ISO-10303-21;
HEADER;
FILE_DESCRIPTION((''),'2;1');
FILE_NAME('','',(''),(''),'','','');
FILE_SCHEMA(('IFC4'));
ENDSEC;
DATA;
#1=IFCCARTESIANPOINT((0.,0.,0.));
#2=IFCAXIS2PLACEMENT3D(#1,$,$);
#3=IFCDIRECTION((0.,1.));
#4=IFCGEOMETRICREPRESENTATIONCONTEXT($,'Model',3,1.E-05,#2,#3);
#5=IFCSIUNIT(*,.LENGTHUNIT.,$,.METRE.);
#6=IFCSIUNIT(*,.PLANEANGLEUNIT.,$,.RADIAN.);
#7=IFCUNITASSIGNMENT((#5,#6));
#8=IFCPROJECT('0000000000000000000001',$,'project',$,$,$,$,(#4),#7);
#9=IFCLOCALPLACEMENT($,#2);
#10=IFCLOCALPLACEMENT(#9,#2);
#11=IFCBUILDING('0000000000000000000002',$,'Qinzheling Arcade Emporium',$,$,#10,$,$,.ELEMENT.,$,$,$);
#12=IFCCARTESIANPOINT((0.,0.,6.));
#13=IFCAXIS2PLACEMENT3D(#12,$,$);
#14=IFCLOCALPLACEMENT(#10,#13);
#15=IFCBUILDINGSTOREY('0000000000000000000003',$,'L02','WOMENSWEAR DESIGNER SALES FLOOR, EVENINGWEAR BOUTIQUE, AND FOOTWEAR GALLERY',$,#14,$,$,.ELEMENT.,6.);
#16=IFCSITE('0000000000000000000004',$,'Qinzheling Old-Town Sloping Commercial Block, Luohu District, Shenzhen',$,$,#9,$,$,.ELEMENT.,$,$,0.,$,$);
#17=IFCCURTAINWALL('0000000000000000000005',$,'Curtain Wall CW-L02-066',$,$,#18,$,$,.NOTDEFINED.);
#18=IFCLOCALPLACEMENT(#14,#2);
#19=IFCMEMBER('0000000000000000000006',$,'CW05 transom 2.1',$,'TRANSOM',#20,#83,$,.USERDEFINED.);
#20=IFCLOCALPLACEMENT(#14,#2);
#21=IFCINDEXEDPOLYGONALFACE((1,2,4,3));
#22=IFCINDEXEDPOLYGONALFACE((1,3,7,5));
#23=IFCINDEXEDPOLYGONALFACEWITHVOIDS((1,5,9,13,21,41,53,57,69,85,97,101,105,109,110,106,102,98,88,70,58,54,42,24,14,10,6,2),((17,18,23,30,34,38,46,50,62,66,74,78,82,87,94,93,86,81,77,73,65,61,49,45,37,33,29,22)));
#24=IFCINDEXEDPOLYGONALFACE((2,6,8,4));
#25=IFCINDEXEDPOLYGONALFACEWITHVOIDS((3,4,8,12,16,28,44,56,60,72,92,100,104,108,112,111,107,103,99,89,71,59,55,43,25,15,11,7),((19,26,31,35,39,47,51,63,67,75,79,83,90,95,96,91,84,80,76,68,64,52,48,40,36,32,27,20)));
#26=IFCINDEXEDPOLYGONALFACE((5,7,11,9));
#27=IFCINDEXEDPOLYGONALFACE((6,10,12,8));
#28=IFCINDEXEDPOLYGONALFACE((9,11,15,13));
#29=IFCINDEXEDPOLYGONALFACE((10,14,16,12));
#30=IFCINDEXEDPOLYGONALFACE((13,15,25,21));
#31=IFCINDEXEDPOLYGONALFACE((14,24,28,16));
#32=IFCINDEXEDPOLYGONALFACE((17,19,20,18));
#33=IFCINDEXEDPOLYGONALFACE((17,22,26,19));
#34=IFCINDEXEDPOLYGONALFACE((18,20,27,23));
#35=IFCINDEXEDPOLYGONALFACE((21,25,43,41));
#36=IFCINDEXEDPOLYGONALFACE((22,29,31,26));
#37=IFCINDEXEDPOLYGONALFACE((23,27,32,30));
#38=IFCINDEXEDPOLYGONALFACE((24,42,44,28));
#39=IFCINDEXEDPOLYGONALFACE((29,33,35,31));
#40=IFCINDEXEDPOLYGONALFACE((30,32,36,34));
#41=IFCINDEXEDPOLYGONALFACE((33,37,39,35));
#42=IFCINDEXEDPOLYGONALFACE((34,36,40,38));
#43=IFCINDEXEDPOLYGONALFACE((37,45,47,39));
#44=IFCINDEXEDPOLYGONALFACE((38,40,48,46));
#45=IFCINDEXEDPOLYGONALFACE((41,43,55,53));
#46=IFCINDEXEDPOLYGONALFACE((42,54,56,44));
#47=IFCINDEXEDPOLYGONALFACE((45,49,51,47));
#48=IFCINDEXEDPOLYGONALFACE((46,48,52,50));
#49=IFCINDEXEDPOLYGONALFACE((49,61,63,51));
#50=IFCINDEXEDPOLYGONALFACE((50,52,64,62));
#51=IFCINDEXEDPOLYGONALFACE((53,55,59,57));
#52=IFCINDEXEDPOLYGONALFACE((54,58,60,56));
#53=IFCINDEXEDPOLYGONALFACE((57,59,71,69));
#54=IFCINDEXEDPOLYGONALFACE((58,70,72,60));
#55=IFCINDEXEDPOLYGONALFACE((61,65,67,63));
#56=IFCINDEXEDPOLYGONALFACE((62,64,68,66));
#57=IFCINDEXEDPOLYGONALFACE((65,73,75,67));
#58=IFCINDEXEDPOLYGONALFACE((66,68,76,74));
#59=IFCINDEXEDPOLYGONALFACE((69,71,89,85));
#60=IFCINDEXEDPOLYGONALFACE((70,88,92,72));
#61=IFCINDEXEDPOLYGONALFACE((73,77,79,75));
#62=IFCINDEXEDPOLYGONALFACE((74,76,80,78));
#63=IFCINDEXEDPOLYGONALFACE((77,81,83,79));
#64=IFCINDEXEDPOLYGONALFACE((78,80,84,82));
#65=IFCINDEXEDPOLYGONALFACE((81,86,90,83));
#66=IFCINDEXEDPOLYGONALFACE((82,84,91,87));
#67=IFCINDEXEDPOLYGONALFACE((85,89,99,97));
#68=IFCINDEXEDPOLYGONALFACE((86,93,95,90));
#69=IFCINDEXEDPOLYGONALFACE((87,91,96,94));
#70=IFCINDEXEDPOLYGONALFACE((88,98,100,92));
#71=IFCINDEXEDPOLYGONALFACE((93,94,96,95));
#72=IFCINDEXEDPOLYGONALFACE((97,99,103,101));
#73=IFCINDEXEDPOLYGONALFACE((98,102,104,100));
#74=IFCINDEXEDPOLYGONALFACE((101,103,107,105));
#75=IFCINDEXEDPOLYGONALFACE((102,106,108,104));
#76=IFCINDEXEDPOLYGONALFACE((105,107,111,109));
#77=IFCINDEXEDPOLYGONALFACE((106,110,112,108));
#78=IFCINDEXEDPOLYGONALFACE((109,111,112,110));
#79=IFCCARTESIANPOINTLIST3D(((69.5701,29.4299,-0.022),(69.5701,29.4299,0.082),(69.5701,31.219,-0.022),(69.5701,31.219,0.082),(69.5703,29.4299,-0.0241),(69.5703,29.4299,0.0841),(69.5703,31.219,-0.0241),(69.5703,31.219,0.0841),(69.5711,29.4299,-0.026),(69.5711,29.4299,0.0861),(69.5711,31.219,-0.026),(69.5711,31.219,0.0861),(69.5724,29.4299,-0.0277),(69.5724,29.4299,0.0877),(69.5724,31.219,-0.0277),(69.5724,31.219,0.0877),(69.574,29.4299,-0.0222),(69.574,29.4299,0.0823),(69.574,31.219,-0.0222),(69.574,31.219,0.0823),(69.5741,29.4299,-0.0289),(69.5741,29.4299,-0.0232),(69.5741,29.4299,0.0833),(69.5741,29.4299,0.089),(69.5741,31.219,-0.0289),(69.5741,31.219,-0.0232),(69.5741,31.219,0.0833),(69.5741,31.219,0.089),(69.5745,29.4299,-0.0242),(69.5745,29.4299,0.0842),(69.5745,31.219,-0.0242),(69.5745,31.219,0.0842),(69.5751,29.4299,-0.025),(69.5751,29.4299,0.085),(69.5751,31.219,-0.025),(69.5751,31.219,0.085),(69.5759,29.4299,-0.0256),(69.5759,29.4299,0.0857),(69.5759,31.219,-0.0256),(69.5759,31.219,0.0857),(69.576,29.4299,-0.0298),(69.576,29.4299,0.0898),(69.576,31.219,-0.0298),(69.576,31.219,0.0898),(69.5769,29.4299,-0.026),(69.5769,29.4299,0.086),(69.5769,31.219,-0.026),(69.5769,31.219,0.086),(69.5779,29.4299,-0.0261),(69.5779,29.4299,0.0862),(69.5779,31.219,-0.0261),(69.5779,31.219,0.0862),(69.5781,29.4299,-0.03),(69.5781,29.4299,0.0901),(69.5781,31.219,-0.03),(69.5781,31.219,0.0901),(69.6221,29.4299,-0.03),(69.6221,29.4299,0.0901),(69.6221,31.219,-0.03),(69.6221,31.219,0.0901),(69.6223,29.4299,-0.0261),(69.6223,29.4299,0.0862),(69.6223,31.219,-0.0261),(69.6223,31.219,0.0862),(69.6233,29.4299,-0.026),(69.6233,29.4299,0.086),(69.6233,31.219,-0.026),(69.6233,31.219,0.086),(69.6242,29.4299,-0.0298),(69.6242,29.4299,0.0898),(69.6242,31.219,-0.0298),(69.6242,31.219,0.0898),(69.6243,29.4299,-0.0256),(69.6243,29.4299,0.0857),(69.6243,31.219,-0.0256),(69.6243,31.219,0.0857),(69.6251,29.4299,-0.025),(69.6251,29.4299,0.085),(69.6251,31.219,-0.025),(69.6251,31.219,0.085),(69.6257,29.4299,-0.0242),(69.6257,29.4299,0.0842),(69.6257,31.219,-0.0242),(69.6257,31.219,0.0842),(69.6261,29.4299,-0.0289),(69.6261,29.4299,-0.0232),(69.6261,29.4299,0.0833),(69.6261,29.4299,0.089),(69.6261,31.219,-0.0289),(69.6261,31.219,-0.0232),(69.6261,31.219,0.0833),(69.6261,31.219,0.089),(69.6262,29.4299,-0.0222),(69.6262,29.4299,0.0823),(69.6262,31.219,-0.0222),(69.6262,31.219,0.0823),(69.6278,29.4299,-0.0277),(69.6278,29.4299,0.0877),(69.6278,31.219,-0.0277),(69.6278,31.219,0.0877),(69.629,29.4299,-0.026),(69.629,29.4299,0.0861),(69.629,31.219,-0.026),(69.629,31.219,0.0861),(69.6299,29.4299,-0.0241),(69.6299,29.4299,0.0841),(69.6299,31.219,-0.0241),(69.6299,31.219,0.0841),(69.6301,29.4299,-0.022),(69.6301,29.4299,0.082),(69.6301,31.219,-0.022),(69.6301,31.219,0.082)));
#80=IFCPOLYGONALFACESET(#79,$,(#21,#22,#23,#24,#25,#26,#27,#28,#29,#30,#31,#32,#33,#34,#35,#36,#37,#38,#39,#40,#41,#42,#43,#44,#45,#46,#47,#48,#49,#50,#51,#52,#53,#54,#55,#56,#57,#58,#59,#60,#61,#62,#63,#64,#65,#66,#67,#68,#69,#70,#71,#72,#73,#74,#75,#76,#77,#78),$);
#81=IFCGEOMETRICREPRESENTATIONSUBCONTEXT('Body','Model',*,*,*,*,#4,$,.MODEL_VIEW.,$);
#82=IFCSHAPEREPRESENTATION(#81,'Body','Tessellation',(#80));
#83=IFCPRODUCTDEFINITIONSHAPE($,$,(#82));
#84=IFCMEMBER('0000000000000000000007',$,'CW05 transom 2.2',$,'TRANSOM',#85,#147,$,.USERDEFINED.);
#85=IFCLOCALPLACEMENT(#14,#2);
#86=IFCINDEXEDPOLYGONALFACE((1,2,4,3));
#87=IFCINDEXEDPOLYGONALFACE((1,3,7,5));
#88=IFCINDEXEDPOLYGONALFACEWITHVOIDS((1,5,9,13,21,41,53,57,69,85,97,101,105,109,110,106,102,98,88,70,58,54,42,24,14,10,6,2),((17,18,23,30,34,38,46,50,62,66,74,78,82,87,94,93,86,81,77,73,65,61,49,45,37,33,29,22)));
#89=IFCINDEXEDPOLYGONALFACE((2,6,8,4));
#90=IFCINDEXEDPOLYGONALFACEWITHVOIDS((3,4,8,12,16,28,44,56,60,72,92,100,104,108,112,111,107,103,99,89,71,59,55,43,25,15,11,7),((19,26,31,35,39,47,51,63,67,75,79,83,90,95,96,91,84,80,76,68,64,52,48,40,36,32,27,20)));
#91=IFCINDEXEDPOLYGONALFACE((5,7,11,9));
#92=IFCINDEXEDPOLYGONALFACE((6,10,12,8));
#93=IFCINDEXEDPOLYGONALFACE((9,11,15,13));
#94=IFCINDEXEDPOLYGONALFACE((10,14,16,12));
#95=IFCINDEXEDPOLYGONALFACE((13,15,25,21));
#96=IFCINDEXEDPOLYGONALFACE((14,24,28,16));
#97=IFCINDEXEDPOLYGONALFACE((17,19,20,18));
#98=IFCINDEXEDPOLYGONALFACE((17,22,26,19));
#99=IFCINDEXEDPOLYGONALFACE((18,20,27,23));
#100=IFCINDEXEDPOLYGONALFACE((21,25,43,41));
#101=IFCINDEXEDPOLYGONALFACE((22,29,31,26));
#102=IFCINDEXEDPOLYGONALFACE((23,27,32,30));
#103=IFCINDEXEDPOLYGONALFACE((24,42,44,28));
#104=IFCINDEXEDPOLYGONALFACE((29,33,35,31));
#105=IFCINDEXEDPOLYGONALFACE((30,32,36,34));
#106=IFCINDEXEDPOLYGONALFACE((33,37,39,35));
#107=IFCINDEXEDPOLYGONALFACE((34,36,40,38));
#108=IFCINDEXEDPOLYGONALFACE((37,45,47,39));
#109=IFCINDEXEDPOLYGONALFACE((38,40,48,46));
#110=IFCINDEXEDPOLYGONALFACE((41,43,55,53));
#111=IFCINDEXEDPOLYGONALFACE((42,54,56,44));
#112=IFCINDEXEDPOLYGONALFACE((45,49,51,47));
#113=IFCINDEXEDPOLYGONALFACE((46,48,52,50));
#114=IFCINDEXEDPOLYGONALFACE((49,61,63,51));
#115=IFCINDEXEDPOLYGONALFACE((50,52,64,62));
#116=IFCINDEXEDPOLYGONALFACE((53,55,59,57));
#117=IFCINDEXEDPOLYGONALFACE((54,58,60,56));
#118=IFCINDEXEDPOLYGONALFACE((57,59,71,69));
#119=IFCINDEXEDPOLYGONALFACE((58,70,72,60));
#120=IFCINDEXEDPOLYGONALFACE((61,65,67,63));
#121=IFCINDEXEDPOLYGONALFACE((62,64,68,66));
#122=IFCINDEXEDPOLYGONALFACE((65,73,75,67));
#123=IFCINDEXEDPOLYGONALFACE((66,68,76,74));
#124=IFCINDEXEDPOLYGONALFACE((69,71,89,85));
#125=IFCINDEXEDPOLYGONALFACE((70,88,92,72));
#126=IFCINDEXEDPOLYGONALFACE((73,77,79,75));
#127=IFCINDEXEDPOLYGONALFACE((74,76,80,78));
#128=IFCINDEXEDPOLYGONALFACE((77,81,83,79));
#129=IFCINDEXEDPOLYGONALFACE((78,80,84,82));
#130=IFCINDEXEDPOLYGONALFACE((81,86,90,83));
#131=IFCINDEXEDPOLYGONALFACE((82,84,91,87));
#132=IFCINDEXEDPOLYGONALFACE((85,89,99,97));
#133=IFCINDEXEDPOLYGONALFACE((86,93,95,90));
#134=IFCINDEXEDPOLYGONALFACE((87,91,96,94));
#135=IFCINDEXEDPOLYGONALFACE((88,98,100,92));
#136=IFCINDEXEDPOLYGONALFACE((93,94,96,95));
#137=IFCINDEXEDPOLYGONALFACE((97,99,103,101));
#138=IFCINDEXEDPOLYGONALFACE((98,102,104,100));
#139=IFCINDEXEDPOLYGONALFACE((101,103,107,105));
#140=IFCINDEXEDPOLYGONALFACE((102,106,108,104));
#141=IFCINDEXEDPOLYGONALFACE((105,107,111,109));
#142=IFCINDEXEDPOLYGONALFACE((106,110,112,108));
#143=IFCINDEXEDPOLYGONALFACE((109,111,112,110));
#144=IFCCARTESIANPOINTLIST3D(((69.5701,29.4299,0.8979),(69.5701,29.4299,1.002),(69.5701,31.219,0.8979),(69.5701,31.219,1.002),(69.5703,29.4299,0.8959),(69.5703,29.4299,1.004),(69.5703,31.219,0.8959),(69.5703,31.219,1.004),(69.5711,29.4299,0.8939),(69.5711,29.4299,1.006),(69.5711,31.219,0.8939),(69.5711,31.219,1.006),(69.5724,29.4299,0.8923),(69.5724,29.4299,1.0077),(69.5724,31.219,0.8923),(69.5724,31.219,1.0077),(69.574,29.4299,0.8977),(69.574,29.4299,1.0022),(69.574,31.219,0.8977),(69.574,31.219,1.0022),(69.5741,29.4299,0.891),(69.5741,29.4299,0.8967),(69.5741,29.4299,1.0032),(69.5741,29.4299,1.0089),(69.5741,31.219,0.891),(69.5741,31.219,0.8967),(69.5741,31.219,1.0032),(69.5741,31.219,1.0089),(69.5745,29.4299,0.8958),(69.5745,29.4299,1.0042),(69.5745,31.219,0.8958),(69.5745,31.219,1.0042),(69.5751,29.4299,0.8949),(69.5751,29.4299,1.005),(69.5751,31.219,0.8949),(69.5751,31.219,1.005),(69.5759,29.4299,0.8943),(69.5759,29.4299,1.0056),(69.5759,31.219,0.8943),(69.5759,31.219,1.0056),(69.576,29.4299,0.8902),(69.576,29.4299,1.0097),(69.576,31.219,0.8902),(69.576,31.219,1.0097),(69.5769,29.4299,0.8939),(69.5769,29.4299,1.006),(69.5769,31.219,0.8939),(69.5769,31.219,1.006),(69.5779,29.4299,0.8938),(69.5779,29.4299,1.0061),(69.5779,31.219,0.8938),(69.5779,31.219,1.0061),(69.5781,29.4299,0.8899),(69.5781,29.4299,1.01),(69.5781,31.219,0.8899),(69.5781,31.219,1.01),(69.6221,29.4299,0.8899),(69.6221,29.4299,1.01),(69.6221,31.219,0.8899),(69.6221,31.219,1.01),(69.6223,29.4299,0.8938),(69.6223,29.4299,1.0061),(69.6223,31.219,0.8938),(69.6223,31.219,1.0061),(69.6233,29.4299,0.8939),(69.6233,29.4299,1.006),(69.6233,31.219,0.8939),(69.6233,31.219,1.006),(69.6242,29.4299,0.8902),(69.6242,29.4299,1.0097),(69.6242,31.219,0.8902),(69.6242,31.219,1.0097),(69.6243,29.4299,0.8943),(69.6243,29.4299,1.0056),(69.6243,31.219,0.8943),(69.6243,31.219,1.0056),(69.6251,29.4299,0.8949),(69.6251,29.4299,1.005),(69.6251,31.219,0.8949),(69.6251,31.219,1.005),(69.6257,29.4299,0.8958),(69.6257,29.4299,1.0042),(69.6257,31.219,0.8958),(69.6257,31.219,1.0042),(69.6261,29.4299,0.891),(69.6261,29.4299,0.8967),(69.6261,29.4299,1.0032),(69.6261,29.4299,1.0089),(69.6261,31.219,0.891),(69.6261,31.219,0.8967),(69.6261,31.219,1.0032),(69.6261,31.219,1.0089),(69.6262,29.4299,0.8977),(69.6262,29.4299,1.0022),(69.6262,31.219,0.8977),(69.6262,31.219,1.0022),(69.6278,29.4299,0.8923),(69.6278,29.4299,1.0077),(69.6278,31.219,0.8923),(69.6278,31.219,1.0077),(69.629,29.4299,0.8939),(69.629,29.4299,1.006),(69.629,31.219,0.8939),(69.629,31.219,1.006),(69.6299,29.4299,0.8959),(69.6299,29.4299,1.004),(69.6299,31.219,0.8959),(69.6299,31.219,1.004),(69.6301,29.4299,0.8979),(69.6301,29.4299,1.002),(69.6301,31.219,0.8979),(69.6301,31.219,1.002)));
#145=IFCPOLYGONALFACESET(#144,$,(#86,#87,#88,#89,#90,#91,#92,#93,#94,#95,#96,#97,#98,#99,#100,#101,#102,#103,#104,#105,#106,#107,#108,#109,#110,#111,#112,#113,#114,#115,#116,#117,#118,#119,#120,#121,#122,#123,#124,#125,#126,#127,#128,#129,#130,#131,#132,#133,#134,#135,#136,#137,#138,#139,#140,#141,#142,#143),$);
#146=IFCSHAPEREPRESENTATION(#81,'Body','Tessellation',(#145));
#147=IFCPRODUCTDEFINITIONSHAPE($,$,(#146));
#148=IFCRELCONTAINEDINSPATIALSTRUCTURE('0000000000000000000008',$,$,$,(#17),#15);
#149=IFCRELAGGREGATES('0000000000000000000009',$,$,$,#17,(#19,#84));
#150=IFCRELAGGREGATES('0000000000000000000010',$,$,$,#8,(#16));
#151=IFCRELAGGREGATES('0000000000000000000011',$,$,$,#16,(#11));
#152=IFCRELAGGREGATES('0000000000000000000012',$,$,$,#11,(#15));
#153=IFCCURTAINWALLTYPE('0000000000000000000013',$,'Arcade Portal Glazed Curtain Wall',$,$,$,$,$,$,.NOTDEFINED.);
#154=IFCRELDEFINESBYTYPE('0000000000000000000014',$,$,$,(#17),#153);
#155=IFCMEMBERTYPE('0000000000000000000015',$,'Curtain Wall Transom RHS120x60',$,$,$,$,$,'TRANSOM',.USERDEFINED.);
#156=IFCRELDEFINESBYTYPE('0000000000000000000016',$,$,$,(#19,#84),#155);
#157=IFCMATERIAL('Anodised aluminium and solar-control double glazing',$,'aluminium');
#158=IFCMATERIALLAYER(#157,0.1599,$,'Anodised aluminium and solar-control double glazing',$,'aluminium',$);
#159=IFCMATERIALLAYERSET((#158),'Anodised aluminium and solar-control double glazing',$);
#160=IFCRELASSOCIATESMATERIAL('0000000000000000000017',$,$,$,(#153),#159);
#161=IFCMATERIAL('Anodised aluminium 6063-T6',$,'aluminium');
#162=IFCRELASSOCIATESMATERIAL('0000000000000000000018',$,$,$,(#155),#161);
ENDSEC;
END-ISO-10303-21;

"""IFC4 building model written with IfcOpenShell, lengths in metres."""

from ifc_helpers import new_model, si_unit, direction, frame, origin, origin_2d, place, context, subcontext, project, spatial, hollow_rectangle, extrude, material, layer, layer_set, material_profile, profile_set, type_object, element, aggregate, save


model = new_model("IFC4")

# Units and contexts
model_context = context("Model", 3, precision=1e-05, world=origin(), true_north=direction((0.0, 1.0)))
body_context = subcontext(model_context, "Body", "Model", "MODEL_VIEW")
ifc_project = project(units=[si_unit("LENGTHUNIT", "METRE"), si_unit("PLANEANGLEUNIT", "RADIAN")], contexts=[model_context])

# Site, building, storey
site_placement = place(None, origin())
site = spatial("IfcSite", under=ifc_project, at=site_placement, Name="Qinzheling Old-Town Sloping Commercial Block, Luohu District, Shenzhen", CompositionType="ELEMENT", RefElevation=0.0)
building_placement = place(site_placement, origin())
building = spatial("IfcBuilding", under=site, at=building_placement, Name="Qinzheling Arcade Emporium", CompositionType="ELEMENT")
storey_placement = place(building_placement, frame((0.0, 0.0, 6.0)))
storey = spatial("IfcBuildingStorey", under=building, at=storey_placement, Name="L02", Description="WOMENSWEAR DESIGNER SALES FLOOR, EVENINGWEAR BOUTIQUE, AND FOOTWEAR GALLERY", CompositionType="ELEMENT", Elevation=6.0)

# Curtain wall, members
ifc_material_1 = material(Name="Anodised aluminium and solar-control double glazing", Category="aluminium")
ifc_layer_1 = layer(ifc_material_1, 0.1599, Name="Anodised aluminium and solar-control double glazing", Category="aluminium")
ifc_layer_set_1 = layer_set([ifc_layer_1], Name="Anodised aluminium and solar-control double glazing")
curtain_wall_type = type_object("IfcCurtainWallType", Name="Arcade Portal Glazed Curtain Wall", PredefinedType="NOTDEFINED", material=ifc_layer_set_1)
curtain_wall_placement = place(storey_placement, origin())
curtain_wall = element("IfcCurtainWall", 1, at=curtain_wall_placement, inside=storey, type_object=curtain_wall_type, Name="Curtain Wall CW-L02-066", PredefinedType="NOTDEFINED")
ifc_material_2 = material(Name="Anodised aluminium 6063-T6", Category="aluminium")
ifc_material_profile_1 = material_profile(ifc_material_2, hollow_rectangle(XDim=0.0601, YDim=0.1201, WallThickness=0.0039, InnerFilletRadius=0.0039, OuterFilletRadius=0.0081, at=origin_2d()), Name="RHS 120x60x4", Category="aluminium")
ifc_profile_set_1 = profile_set([ifc_material_profile_1], Name="Anodised aluminium 6063-T6")
member_type_1 = type_object("IfcMemberType", Name="Curtain Wall Transom RHS120x60", ElementType="TRANSOM", PredefinedType="USERDEFINED", material=ifc_profile_set_1)
member_1_placement = place(storey_placement, frame((69.6001, 31.219, 0.03), z_axis=(0.0, -1.0, 0.0), x_axis=(1.0, 0.0, 0.0)))
member_1 = element("IfcMember", 2, at=member_1_placement, type_object=member_type_1, Name="CW05 transom 2.1", ObjectType="TRANSOM", PredefinedType="USERDEFINED", context=body_context, shape_type="SweptSolid", body=[
    extrude(hollow_rectangle(XDim=0.0601, YDim=0.1201, WallThickness=0.0039, InnerFilletRadius=0.0039, OuterFilletRadius=0.0081, at=origin_2d()), origin(), (0.0, 0.0, 1.0), 1.7891),
])
member_2_placement = place(storey_placement, frame((69.6001, 31.219, 0.95), z_axis=(0.0, -1.0, 0.0), x_axis=(1.0, 0.0, 0.0)))
member_2 = element("IfcMember", 3, at=member_2_placement, type_object=member_type_1, Name="CW05 transom 2.2", ObjectType="TRANSOM", PredefinedType="USERDEFINED", context=body_context, shape_type="SweptSolid", body=[
    extrude(hollow_rectangle(XDim=0.0601, YDim=0.1201, WallThickness=0.0039, InnerFilletRadius=0.0039, OuterFilletRadius=0.0081, at=origin_2d()), origin(), (0.0, 0.0, 1.0), 1.7891),
])
aggregate(curtain_wall, [member_1, member_2])

save(model, "model.ifc")
